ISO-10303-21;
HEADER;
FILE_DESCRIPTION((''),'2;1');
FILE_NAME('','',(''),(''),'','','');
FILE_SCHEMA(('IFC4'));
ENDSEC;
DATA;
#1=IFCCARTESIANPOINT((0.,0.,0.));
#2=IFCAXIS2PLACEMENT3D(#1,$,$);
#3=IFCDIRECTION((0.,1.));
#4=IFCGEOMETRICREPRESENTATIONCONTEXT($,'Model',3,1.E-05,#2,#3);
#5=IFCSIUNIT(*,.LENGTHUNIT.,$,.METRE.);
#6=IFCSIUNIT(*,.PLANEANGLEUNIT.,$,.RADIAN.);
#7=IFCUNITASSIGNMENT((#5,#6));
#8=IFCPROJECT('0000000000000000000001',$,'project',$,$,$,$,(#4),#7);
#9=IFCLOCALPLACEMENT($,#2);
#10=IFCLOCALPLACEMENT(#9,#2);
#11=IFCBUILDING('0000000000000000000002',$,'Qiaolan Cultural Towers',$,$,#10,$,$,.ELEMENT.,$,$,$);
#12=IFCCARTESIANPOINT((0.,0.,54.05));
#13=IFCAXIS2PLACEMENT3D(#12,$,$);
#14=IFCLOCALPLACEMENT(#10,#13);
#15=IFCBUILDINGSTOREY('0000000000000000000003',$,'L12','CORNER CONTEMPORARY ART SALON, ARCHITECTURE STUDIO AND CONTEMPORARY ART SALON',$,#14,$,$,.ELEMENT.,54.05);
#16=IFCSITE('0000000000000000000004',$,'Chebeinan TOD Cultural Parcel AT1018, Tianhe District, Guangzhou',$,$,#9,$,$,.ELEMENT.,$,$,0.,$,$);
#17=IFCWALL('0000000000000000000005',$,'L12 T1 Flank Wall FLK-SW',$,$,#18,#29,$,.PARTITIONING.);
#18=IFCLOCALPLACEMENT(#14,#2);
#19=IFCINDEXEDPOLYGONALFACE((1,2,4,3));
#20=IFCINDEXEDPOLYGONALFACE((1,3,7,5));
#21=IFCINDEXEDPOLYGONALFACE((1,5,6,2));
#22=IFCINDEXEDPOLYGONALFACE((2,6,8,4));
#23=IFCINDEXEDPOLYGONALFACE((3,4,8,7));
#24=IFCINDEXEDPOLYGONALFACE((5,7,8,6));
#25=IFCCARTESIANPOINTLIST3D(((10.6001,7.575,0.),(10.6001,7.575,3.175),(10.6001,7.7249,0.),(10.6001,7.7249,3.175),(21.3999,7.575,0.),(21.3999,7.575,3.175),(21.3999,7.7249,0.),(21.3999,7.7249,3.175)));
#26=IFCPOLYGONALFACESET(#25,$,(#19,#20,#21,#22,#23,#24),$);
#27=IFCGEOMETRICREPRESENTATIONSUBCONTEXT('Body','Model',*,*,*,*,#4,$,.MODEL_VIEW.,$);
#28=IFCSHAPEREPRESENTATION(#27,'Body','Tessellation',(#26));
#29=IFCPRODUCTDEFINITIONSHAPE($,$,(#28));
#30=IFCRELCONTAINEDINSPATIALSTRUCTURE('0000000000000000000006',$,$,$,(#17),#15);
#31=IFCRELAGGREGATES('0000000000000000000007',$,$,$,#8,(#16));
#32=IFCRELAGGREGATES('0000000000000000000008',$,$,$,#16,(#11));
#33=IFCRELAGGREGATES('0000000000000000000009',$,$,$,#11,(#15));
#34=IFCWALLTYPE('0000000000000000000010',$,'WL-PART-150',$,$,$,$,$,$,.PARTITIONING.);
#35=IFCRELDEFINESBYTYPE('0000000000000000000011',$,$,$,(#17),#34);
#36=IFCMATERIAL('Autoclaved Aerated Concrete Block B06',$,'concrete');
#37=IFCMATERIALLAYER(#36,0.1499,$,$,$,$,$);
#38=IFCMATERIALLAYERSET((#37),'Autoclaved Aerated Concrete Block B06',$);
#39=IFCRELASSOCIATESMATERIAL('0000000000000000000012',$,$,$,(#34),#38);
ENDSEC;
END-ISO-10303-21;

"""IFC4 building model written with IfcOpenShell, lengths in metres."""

from ifc_helpers import new_model, si_unit, direction, frame, frame_2d, origin, place, context, subcontext, project, spatial, rectangle, extrude, material, layer, layer_set, type_object, element, save


model = new_model("IFC4")

# Units and contexts
model_context = context("Model", 3, precision=1e-05, world=origin(), true_north=direction((0.0, 1.0)))
body_context = subcontext(model_context, "Body", "Model", "MODEL_VIEW")
ifc_project = project(units=[si_unit("LENGTHUNIT", "METRE"), si_unit("PLANEANGLEUNIT", "RADIAN")], contexts=[model_context])

# Site, building, storey
site_placement = place(None, origin())
site = spatial("IfcSite", under=ifc_project, at=site_placement, Name="Chebeinan TOD Cultural Parcel AT1018, Tianhe District, Guangzhou", CompositionType="ELEMENT", RefElevation=0.0)
building_placement = place(site_placement, origin())
building = spatial("IfcBuilding", under=site, at=building_placement, Name="Qiaolan Cultural Towers", CompositionType="ELEMENT")
storey_placement = place(building_placement, frame((0.0, 0.0, 54.05)))
storey = spatial("IfcBuildingStorey", under=building, at=storey_placement, Name="L12", Description="CORNER CONTEMPORARY ART SALON, ARCHITECTURE STUDIO AND CONTEMPORARY ART SALON", CompositionType="ELEMENT", Elevation=54.05)

# Wall
ifc_material_1 = material(Name="Autoclaved Aerated Concrete Block B06", Category="concrete")
ifc_layer_1 = layer(ifc_material_1, 0.1499)
ifc_layer_set_1 = layer_set([ifc_layer_1], Name="Autoclaved Aerated Concrete Block B06")
wall_type_1 = type_object("IfcWallType", Name="WL-PART-150", PredefinedType="PARTITIONING", material=ifc_layer_set_1)
wall_1_placement = place(storey_placement, frame((10.6001, 7.6499, 0.0), z_axis=(0.0, 0.0, 1.0), x_axis=(1.0, 0.0, 0.0)))
element("IfcWall", 1, at=wall_1_placement, inside=storey, type_object=wall_type_1, Name="L12 T1 Flank Wall FLK-SW", PredefinedType="PARTITIONING", context=body_context, shape_type="SweptSolid", body=[
    extrude(rectangle(XDim=10.7998, YDim=0.1499, at=frame_2d((5.3999, 0.0))), origin(), (0.0, 0.0, 1.0), 3.175),
])

save(model, "model.ifc")
